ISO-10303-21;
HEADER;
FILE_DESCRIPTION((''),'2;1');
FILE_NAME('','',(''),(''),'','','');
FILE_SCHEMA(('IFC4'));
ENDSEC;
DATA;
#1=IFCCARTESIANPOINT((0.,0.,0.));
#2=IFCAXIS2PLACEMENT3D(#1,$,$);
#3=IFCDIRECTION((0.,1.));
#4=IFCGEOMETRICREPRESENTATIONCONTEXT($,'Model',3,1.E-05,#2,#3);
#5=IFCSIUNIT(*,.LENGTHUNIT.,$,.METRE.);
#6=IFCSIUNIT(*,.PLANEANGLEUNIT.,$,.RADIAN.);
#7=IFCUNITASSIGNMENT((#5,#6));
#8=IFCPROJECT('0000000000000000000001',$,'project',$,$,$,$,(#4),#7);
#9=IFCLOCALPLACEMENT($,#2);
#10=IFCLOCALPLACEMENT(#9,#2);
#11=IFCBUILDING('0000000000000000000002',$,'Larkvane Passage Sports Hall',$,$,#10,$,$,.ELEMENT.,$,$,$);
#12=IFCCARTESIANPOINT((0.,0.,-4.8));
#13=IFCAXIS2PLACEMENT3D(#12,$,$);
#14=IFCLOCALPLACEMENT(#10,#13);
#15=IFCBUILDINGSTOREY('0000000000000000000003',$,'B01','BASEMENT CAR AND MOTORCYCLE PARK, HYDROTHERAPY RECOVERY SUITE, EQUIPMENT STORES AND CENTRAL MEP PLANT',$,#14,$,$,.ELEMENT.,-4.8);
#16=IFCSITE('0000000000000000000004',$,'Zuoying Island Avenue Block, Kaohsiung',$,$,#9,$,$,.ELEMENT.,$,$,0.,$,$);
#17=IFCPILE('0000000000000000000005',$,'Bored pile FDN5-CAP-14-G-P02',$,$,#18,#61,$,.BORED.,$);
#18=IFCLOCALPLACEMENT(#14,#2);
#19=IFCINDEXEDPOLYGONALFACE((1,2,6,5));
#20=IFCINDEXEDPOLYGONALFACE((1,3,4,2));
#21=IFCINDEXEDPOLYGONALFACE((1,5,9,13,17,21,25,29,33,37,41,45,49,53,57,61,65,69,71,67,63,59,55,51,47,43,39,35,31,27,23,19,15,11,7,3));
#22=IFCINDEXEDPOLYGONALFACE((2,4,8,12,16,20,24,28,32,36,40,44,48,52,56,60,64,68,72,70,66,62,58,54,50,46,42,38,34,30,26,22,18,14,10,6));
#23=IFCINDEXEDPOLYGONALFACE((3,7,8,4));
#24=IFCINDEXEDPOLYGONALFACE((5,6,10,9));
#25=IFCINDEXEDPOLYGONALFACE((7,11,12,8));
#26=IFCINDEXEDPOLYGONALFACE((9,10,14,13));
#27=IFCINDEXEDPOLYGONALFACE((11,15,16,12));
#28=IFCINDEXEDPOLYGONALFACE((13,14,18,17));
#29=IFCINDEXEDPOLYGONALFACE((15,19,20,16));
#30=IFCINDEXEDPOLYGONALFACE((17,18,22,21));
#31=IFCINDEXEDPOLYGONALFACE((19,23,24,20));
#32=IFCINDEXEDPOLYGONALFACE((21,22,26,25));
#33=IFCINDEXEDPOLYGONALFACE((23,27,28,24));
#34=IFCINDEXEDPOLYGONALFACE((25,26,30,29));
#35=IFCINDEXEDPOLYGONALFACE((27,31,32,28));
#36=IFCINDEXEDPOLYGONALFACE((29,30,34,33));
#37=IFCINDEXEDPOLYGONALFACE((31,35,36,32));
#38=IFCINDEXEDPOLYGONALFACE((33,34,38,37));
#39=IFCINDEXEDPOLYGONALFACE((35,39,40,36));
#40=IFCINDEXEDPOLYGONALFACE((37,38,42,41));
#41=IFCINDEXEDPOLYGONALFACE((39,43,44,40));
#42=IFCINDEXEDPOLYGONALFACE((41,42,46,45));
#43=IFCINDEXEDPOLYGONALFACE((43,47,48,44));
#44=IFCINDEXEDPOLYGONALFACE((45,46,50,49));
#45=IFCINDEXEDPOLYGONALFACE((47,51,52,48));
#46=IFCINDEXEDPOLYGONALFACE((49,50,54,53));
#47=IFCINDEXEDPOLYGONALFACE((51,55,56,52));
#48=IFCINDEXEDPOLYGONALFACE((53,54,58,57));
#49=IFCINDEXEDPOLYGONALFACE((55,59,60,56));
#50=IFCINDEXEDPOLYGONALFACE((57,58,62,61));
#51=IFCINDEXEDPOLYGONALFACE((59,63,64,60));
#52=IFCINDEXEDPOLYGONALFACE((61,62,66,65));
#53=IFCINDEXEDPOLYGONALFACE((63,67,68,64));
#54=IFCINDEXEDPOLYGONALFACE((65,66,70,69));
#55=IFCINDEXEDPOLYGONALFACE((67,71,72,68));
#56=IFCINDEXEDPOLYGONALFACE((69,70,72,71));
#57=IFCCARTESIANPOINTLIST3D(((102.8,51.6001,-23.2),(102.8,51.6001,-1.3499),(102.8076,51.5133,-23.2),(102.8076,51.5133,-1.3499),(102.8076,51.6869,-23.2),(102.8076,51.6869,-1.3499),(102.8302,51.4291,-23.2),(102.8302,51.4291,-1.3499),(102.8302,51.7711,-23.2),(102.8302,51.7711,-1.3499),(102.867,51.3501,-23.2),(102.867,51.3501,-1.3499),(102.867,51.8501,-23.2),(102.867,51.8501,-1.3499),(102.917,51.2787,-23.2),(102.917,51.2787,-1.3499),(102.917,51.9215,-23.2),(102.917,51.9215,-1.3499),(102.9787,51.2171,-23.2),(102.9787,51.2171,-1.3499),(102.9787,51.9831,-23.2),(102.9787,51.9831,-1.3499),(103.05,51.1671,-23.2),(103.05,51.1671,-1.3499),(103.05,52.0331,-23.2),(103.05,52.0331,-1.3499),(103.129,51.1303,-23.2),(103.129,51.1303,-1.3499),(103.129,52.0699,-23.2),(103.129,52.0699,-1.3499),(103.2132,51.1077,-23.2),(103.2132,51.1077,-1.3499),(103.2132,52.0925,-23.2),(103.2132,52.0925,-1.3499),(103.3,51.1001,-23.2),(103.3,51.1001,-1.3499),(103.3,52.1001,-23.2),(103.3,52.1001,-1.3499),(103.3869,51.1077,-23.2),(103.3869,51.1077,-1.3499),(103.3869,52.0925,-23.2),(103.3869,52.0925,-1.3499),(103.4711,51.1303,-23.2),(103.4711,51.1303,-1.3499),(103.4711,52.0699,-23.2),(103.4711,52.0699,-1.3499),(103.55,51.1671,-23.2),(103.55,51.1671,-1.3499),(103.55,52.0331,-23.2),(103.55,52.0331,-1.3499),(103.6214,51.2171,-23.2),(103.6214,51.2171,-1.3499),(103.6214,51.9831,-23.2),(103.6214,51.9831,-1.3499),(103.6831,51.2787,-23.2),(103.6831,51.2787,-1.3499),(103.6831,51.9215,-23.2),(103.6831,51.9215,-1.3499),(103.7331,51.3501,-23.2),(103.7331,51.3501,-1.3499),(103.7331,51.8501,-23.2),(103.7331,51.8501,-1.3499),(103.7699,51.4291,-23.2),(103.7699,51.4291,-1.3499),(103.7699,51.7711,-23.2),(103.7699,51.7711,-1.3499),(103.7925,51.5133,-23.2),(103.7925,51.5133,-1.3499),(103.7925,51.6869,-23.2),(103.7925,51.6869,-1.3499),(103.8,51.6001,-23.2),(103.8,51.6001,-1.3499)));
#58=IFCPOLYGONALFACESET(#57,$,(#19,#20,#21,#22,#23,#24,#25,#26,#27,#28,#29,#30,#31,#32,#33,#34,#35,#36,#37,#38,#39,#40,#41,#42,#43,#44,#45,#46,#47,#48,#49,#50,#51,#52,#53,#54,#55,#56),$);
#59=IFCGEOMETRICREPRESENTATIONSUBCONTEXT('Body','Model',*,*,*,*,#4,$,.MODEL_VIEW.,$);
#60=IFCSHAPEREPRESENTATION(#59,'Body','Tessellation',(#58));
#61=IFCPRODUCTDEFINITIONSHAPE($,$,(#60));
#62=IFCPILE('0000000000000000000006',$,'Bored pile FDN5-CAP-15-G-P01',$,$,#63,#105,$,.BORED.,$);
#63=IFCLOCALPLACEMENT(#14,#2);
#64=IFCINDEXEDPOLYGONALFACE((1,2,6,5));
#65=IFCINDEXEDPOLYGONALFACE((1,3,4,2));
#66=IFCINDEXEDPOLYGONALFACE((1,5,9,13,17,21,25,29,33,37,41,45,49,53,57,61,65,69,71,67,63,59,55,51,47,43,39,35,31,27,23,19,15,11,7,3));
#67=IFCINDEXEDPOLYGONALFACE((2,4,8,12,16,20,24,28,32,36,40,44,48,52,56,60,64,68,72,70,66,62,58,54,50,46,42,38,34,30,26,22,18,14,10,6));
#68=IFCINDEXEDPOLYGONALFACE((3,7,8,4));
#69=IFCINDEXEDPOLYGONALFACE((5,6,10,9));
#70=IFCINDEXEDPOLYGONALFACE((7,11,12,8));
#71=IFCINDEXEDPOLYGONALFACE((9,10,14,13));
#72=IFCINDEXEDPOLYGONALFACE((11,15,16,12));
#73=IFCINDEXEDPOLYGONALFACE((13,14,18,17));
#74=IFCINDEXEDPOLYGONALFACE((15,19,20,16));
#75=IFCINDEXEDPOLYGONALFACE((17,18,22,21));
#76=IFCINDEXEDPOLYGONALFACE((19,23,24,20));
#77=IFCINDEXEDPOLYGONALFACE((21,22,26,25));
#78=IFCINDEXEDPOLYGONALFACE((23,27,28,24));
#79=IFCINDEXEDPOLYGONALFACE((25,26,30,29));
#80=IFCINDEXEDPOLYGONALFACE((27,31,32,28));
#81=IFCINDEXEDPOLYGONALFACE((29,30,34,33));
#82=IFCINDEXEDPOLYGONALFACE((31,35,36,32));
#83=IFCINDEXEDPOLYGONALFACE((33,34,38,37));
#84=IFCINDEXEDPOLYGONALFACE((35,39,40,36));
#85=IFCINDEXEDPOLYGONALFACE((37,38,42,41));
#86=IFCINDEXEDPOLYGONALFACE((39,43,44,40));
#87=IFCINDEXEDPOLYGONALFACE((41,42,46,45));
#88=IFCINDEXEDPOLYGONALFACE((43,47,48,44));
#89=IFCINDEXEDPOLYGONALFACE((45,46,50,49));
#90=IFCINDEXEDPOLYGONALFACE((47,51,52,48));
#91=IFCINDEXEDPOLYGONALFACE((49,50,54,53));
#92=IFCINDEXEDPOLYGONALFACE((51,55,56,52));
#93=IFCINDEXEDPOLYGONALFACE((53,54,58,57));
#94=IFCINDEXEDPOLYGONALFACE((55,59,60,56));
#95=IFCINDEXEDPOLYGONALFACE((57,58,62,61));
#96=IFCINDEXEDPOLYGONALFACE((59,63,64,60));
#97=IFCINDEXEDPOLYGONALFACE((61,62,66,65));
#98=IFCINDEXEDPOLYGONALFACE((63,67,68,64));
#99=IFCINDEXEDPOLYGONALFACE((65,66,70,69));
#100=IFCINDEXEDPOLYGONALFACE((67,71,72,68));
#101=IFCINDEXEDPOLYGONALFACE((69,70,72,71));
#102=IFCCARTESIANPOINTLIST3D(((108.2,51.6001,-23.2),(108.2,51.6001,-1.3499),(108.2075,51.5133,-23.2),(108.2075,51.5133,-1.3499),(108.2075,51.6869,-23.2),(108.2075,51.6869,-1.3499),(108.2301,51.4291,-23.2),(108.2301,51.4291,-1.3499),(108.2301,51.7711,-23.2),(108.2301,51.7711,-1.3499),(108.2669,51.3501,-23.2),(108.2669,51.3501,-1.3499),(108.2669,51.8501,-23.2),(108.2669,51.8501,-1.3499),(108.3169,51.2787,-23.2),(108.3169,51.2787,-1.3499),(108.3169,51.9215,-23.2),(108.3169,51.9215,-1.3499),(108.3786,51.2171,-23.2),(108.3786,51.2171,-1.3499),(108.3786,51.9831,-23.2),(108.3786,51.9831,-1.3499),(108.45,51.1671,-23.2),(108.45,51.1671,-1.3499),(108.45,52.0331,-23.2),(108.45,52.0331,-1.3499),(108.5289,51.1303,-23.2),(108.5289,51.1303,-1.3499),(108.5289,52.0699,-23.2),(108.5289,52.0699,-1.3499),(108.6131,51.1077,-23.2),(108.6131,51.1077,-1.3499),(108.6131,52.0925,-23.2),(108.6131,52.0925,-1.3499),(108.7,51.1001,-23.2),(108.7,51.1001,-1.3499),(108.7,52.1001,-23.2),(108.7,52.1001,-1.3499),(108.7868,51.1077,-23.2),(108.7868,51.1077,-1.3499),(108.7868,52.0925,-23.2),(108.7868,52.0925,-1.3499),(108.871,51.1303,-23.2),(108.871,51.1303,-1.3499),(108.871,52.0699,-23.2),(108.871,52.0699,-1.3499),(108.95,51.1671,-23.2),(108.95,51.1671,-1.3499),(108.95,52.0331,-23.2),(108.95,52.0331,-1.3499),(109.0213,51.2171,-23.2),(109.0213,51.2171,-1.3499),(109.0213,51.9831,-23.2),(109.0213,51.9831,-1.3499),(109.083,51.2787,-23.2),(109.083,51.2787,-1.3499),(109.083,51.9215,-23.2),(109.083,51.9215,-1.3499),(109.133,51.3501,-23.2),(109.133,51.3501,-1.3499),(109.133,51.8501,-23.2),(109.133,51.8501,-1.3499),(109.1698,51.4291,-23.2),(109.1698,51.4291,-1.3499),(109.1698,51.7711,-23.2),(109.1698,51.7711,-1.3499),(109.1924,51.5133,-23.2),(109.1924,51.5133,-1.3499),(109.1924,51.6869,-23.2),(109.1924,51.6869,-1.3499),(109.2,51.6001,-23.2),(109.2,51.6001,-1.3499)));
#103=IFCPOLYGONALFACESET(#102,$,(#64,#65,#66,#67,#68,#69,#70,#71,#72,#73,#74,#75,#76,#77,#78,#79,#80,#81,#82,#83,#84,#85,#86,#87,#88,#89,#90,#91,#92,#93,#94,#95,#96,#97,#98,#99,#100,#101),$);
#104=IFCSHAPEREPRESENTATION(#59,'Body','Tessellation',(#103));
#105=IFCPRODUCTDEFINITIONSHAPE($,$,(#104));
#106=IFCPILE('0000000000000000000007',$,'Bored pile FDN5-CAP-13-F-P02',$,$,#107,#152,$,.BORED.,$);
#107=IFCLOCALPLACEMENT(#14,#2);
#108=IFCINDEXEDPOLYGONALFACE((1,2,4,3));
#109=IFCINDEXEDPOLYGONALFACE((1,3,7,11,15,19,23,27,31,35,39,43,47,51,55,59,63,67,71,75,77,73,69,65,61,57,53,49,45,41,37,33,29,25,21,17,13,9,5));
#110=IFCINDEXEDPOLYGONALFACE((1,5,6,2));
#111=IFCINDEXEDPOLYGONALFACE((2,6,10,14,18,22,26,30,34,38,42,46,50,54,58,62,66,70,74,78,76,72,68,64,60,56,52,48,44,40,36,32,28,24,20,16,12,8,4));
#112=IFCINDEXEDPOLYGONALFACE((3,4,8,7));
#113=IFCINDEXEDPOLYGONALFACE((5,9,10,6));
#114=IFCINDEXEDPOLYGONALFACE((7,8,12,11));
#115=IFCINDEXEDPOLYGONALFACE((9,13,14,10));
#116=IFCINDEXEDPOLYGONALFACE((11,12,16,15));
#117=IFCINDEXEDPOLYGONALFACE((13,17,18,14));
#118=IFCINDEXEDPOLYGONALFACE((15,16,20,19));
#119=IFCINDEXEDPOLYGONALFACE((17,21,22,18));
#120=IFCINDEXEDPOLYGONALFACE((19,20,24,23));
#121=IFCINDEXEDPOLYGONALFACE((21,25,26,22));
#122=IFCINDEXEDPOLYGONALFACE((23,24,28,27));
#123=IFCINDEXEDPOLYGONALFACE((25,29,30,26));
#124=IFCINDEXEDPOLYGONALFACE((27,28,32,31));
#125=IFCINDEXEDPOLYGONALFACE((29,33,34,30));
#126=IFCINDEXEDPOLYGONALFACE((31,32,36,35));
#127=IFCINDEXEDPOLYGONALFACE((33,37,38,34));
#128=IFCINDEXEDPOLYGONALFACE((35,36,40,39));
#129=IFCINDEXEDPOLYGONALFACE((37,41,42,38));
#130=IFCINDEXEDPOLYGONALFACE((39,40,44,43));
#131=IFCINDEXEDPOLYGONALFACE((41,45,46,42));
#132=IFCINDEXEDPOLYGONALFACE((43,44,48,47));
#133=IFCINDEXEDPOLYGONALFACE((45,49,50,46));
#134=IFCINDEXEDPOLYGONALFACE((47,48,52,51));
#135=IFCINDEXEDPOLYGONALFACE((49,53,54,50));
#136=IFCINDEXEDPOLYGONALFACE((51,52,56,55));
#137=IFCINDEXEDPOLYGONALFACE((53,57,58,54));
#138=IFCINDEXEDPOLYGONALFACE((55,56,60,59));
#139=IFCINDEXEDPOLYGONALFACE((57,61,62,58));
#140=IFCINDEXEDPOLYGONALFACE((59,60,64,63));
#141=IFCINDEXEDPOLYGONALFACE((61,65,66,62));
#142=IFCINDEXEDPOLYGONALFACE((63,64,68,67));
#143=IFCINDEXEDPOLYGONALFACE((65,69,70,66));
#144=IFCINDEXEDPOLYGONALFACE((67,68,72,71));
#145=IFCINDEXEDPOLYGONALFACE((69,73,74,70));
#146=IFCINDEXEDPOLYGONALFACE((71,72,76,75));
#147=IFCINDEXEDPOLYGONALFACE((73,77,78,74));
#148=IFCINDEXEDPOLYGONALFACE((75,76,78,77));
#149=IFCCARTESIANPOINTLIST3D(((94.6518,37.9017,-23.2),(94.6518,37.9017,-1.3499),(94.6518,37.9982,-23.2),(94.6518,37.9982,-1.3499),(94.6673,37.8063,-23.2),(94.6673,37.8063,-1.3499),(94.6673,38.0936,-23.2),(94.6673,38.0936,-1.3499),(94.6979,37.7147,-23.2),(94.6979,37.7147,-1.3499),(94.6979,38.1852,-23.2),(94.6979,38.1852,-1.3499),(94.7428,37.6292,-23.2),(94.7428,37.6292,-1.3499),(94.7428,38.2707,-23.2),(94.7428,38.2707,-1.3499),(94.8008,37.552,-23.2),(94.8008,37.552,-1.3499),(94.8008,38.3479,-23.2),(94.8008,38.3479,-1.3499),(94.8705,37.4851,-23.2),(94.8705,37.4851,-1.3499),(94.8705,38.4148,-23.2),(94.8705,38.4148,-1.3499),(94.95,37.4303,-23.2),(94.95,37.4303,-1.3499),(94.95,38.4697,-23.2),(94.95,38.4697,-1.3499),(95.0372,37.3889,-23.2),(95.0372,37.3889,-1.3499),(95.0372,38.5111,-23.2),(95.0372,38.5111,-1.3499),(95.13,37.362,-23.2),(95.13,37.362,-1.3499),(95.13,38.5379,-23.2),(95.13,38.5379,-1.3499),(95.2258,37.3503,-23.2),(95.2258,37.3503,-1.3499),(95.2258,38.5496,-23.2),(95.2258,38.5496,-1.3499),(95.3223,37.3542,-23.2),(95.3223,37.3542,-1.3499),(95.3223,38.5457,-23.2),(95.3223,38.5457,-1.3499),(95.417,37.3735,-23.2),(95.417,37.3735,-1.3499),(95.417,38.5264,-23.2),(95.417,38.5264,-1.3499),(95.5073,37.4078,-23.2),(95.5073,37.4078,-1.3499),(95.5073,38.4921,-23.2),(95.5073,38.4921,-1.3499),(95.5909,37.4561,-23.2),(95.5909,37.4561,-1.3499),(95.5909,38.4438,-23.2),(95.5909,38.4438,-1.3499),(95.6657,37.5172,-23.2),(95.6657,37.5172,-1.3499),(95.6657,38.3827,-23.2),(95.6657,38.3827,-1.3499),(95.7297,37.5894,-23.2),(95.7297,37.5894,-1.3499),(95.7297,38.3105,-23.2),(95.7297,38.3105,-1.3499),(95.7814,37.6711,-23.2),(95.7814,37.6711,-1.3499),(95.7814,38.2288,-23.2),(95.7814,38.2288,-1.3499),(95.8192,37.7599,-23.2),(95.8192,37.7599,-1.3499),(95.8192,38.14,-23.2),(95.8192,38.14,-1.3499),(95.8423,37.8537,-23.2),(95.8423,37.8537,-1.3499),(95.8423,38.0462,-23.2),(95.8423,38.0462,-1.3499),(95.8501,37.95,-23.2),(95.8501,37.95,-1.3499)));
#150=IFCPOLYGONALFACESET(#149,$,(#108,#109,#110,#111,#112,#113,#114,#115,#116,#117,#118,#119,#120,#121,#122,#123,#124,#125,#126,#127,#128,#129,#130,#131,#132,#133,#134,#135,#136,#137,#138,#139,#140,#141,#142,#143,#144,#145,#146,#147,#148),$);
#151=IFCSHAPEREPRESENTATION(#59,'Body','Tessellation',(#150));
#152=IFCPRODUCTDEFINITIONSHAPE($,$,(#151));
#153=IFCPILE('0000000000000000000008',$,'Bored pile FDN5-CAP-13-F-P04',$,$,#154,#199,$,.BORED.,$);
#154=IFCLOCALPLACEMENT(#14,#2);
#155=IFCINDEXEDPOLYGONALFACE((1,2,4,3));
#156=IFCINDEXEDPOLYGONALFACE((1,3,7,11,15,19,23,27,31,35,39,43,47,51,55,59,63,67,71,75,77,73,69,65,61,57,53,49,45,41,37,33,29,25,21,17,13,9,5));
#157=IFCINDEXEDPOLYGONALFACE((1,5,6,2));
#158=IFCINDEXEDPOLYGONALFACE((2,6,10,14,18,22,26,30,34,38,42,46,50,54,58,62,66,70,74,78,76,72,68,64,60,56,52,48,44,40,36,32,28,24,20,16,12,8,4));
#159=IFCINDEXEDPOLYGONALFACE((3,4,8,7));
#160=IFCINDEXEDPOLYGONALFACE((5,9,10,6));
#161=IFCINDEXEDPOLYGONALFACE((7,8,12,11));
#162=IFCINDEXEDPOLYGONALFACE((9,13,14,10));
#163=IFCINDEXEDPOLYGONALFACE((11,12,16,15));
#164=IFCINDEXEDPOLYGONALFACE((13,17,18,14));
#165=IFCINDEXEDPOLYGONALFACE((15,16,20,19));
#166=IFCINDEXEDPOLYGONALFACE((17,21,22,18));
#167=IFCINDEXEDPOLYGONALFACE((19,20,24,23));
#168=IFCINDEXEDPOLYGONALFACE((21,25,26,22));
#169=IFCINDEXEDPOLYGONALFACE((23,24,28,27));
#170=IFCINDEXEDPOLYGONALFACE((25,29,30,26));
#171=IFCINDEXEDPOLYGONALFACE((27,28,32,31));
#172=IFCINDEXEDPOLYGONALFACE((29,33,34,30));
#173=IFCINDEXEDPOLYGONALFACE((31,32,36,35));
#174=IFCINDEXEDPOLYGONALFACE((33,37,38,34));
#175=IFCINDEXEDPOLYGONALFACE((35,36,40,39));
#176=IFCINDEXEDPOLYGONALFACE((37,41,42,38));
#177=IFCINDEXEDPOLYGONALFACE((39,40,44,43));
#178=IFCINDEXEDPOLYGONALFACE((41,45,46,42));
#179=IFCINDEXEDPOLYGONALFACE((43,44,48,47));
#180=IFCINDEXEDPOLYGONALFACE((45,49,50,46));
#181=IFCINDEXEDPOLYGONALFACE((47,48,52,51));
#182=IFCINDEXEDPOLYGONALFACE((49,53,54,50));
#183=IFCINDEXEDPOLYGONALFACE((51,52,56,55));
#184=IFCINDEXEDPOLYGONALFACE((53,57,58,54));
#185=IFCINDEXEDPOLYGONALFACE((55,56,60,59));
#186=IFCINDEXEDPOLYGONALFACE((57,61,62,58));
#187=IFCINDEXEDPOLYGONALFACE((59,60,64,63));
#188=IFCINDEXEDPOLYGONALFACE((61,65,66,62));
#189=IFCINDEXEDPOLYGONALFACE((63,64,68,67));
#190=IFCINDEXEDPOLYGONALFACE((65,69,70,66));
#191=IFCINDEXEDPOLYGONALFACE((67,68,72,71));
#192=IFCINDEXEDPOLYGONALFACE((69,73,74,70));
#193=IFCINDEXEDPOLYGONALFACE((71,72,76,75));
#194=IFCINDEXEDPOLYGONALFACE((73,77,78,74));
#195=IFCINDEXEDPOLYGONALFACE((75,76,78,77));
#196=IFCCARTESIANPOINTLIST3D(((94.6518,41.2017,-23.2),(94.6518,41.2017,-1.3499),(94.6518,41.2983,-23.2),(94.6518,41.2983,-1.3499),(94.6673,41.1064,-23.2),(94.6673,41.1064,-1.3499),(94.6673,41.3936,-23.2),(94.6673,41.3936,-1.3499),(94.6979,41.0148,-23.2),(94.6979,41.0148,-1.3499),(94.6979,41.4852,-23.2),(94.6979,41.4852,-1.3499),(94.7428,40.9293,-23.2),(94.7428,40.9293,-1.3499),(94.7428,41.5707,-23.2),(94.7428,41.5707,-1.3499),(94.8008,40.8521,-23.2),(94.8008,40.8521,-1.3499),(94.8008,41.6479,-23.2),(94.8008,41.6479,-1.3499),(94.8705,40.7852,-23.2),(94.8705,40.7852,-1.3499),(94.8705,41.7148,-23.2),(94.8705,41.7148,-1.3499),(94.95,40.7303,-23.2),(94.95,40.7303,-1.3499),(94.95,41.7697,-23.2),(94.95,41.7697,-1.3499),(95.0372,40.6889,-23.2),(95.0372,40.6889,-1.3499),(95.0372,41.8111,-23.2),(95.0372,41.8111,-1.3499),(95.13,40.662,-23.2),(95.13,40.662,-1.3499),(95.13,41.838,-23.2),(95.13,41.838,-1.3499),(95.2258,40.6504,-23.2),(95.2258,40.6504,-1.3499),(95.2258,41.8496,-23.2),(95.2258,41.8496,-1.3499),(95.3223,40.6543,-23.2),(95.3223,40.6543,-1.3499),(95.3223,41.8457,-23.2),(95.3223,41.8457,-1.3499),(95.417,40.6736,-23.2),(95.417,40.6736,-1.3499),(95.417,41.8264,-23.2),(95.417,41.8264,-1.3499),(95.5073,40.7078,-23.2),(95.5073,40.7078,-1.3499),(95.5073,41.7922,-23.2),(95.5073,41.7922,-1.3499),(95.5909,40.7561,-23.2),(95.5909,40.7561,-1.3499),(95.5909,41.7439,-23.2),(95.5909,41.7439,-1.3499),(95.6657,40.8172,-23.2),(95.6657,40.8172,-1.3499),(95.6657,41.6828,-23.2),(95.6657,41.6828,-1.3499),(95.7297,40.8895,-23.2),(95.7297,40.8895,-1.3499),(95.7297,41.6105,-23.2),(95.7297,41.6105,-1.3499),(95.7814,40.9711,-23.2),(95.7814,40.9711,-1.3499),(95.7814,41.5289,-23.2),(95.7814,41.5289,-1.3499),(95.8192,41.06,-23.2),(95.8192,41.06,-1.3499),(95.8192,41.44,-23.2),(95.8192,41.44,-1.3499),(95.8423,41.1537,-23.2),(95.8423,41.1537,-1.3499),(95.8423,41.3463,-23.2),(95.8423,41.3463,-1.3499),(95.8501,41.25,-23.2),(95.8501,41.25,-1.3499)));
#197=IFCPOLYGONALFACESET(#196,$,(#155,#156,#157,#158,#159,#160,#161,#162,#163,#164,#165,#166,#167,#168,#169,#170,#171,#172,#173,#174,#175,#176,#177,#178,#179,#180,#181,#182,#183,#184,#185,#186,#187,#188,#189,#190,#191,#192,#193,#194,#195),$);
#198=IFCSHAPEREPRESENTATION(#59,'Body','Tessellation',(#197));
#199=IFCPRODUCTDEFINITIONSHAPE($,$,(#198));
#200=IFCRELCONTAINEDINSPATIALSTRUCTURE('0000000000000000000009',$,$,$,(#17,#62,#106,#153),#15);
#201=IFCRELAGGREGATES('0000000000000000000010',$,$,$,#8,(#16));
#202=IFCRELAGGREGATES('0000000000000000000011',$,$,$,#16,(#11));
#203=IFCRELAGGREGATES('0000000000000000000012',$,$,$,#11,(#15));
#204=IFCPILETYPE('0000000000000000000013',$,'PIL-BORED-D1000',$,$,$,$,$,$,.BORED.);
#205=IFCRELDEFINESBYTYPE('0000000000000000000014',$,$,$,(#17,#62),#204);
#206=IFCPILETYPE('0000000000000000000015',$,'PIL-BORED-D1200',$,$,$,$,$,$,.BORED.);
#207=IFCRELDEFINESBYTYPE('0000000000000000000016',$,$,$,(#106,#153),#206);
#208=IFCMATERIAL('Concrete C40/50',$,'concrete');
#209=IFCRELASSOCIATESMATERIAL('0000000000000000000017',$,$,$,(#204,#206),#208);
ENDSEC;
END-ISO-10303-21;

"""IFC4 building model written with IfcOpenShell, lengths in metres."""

from ifc_helpers import new_model, si_unit, direction, frame, origin, origin_2d, place, context, subcontext, project, spatial, circle, extrude, material, material_profile, profile_set, type_object, element, save


model = new_model("IFC4")

# Units and contexts
model_context = context("Model", 3, precision=1e-05, world=origin(), true_north=direction((0.0, 1.0)))
body_context = subcontext(model_context, "Body", "Model", "MODEL_VIEW")
ifc_project = project(units=[si_unit("LENGTHUNIT", "METRE"), si_unit("PLANEANGLEUNIT", "RADIAN")], contexts=[model_context])

# Site, building, storey
site_placement = place(None, origin())
site = spatial("IfcSite", under=ifc_project, at=site_placement, Name="Zuoying Island Avenue Block, Kaohsiung", CompositionType="ELEMENT", RefElevation=0.0)
building_placement = place(site_placement, origin())
building = spatial("IfcBuilding", under=site, at=building_placement, Name="Larkvane Passage Sports Hall", CompositionType="ELEMENT")
storey_placement = place(building_placement, frame((0.0, 0.0, -4.8)))
storey = spatial("IfcBuildingStorey", under=building, at=storey_placement, Name="B01", Description="BASEMENT CAR AND MOTORCYCLE PARK, HYDROTHERAPY RECOVERY SUITE, EQUIPMENT STORES AND CENTRAL MEP PLANT", CompositionType="ELEMENT", Elevation=-4.8)

# Shared definitions
ifc_material_1 = material(Name="Concrete C40/50", Category="concrete")

# Piles
ifc_material_profile_1 = material_profile(ifc_material_1, circle(Radius=0.5, at=origin_2d()), Name="PILE-D1000")
ifc_profile_set_1 = profile_set([ifc_material_profile_1], Name="Concrete C40/50")
pile_type_1 = type_object("IfcPileType", Name="PIL-BORED-D1000", PredefinedType="BORED", material=ifc_profile_set_1)
for number, where, z_axis, x_axis, name in (
    (1, (103.3, 51.6001, -1.3499), (0.0, 0.0, -1.0), (1.0, 0.0, 0.0), "Bored pile FDN5-CAP-14-G-P02"),
    (2, (108.7, 51.6001, -1.3499), (0.0, 0.0, -1.0), (1.0, 0.0, 0.0), "Bored pile FDN5-CAP-15-G-P01"),
):
    element("IfcPile", number, at=place(storey_placement, frame(where, z_axis=z_axis, x_axis=x_axis)), inside=storey, type_object=pile_type_1, Name=name, PredefinedType="BORED", context=body_context, shape_type="SweptSolid", body=[
        extrude(circle(Radius=0.5, at=origin_2d()), origin(), (0.0, 0.0, 1.0), 21.8501),
    ])
ifc_material_profile_2 = material_profile(ifc_material_1, circle(Radius=0.6001, at=origin_2d()), Name="PILE-D1200")
ifc_profile_set_2 = profile_set([ifc_material_profile_2], Name="Concrete C40/50")
pile_type_2 = type_object("IfcPileType", Name="PIL-BORED-D1200", PredefinedType="BORED", material=ifc_profile_set_2)
for number, where, z_axis, x_axis, name in (
    (3, (95.25, 37.95, -1.3499), (0.0, 0.0, -1.0), (1.0, 0.0, 0.0), "Bored pile FDN5-CAP-13-F-P02"),
    (4, (95.25, 41.25, -1.3499), (0.0, 0.0, -1.0), (1.0, 0.0, 0.0), "Bored pile FDN5-CAP-13-F-P04"),
):
    element("IfcPile", number, at=place(storey_placement, frame(where, z_axis=z_axis, x_axis=x_axis)), inside=storey, type_object=pile_type_2, Name=name, PredefinedType="BORED", context=body_context, shape_type="SweptSolid", body=[
        extrude(circle(Radius=0.6001, at=origin_2d()), origin(), (0.0, 0.0, 1.0), 21.8501),
    ])

save(model, "model.ifc")
